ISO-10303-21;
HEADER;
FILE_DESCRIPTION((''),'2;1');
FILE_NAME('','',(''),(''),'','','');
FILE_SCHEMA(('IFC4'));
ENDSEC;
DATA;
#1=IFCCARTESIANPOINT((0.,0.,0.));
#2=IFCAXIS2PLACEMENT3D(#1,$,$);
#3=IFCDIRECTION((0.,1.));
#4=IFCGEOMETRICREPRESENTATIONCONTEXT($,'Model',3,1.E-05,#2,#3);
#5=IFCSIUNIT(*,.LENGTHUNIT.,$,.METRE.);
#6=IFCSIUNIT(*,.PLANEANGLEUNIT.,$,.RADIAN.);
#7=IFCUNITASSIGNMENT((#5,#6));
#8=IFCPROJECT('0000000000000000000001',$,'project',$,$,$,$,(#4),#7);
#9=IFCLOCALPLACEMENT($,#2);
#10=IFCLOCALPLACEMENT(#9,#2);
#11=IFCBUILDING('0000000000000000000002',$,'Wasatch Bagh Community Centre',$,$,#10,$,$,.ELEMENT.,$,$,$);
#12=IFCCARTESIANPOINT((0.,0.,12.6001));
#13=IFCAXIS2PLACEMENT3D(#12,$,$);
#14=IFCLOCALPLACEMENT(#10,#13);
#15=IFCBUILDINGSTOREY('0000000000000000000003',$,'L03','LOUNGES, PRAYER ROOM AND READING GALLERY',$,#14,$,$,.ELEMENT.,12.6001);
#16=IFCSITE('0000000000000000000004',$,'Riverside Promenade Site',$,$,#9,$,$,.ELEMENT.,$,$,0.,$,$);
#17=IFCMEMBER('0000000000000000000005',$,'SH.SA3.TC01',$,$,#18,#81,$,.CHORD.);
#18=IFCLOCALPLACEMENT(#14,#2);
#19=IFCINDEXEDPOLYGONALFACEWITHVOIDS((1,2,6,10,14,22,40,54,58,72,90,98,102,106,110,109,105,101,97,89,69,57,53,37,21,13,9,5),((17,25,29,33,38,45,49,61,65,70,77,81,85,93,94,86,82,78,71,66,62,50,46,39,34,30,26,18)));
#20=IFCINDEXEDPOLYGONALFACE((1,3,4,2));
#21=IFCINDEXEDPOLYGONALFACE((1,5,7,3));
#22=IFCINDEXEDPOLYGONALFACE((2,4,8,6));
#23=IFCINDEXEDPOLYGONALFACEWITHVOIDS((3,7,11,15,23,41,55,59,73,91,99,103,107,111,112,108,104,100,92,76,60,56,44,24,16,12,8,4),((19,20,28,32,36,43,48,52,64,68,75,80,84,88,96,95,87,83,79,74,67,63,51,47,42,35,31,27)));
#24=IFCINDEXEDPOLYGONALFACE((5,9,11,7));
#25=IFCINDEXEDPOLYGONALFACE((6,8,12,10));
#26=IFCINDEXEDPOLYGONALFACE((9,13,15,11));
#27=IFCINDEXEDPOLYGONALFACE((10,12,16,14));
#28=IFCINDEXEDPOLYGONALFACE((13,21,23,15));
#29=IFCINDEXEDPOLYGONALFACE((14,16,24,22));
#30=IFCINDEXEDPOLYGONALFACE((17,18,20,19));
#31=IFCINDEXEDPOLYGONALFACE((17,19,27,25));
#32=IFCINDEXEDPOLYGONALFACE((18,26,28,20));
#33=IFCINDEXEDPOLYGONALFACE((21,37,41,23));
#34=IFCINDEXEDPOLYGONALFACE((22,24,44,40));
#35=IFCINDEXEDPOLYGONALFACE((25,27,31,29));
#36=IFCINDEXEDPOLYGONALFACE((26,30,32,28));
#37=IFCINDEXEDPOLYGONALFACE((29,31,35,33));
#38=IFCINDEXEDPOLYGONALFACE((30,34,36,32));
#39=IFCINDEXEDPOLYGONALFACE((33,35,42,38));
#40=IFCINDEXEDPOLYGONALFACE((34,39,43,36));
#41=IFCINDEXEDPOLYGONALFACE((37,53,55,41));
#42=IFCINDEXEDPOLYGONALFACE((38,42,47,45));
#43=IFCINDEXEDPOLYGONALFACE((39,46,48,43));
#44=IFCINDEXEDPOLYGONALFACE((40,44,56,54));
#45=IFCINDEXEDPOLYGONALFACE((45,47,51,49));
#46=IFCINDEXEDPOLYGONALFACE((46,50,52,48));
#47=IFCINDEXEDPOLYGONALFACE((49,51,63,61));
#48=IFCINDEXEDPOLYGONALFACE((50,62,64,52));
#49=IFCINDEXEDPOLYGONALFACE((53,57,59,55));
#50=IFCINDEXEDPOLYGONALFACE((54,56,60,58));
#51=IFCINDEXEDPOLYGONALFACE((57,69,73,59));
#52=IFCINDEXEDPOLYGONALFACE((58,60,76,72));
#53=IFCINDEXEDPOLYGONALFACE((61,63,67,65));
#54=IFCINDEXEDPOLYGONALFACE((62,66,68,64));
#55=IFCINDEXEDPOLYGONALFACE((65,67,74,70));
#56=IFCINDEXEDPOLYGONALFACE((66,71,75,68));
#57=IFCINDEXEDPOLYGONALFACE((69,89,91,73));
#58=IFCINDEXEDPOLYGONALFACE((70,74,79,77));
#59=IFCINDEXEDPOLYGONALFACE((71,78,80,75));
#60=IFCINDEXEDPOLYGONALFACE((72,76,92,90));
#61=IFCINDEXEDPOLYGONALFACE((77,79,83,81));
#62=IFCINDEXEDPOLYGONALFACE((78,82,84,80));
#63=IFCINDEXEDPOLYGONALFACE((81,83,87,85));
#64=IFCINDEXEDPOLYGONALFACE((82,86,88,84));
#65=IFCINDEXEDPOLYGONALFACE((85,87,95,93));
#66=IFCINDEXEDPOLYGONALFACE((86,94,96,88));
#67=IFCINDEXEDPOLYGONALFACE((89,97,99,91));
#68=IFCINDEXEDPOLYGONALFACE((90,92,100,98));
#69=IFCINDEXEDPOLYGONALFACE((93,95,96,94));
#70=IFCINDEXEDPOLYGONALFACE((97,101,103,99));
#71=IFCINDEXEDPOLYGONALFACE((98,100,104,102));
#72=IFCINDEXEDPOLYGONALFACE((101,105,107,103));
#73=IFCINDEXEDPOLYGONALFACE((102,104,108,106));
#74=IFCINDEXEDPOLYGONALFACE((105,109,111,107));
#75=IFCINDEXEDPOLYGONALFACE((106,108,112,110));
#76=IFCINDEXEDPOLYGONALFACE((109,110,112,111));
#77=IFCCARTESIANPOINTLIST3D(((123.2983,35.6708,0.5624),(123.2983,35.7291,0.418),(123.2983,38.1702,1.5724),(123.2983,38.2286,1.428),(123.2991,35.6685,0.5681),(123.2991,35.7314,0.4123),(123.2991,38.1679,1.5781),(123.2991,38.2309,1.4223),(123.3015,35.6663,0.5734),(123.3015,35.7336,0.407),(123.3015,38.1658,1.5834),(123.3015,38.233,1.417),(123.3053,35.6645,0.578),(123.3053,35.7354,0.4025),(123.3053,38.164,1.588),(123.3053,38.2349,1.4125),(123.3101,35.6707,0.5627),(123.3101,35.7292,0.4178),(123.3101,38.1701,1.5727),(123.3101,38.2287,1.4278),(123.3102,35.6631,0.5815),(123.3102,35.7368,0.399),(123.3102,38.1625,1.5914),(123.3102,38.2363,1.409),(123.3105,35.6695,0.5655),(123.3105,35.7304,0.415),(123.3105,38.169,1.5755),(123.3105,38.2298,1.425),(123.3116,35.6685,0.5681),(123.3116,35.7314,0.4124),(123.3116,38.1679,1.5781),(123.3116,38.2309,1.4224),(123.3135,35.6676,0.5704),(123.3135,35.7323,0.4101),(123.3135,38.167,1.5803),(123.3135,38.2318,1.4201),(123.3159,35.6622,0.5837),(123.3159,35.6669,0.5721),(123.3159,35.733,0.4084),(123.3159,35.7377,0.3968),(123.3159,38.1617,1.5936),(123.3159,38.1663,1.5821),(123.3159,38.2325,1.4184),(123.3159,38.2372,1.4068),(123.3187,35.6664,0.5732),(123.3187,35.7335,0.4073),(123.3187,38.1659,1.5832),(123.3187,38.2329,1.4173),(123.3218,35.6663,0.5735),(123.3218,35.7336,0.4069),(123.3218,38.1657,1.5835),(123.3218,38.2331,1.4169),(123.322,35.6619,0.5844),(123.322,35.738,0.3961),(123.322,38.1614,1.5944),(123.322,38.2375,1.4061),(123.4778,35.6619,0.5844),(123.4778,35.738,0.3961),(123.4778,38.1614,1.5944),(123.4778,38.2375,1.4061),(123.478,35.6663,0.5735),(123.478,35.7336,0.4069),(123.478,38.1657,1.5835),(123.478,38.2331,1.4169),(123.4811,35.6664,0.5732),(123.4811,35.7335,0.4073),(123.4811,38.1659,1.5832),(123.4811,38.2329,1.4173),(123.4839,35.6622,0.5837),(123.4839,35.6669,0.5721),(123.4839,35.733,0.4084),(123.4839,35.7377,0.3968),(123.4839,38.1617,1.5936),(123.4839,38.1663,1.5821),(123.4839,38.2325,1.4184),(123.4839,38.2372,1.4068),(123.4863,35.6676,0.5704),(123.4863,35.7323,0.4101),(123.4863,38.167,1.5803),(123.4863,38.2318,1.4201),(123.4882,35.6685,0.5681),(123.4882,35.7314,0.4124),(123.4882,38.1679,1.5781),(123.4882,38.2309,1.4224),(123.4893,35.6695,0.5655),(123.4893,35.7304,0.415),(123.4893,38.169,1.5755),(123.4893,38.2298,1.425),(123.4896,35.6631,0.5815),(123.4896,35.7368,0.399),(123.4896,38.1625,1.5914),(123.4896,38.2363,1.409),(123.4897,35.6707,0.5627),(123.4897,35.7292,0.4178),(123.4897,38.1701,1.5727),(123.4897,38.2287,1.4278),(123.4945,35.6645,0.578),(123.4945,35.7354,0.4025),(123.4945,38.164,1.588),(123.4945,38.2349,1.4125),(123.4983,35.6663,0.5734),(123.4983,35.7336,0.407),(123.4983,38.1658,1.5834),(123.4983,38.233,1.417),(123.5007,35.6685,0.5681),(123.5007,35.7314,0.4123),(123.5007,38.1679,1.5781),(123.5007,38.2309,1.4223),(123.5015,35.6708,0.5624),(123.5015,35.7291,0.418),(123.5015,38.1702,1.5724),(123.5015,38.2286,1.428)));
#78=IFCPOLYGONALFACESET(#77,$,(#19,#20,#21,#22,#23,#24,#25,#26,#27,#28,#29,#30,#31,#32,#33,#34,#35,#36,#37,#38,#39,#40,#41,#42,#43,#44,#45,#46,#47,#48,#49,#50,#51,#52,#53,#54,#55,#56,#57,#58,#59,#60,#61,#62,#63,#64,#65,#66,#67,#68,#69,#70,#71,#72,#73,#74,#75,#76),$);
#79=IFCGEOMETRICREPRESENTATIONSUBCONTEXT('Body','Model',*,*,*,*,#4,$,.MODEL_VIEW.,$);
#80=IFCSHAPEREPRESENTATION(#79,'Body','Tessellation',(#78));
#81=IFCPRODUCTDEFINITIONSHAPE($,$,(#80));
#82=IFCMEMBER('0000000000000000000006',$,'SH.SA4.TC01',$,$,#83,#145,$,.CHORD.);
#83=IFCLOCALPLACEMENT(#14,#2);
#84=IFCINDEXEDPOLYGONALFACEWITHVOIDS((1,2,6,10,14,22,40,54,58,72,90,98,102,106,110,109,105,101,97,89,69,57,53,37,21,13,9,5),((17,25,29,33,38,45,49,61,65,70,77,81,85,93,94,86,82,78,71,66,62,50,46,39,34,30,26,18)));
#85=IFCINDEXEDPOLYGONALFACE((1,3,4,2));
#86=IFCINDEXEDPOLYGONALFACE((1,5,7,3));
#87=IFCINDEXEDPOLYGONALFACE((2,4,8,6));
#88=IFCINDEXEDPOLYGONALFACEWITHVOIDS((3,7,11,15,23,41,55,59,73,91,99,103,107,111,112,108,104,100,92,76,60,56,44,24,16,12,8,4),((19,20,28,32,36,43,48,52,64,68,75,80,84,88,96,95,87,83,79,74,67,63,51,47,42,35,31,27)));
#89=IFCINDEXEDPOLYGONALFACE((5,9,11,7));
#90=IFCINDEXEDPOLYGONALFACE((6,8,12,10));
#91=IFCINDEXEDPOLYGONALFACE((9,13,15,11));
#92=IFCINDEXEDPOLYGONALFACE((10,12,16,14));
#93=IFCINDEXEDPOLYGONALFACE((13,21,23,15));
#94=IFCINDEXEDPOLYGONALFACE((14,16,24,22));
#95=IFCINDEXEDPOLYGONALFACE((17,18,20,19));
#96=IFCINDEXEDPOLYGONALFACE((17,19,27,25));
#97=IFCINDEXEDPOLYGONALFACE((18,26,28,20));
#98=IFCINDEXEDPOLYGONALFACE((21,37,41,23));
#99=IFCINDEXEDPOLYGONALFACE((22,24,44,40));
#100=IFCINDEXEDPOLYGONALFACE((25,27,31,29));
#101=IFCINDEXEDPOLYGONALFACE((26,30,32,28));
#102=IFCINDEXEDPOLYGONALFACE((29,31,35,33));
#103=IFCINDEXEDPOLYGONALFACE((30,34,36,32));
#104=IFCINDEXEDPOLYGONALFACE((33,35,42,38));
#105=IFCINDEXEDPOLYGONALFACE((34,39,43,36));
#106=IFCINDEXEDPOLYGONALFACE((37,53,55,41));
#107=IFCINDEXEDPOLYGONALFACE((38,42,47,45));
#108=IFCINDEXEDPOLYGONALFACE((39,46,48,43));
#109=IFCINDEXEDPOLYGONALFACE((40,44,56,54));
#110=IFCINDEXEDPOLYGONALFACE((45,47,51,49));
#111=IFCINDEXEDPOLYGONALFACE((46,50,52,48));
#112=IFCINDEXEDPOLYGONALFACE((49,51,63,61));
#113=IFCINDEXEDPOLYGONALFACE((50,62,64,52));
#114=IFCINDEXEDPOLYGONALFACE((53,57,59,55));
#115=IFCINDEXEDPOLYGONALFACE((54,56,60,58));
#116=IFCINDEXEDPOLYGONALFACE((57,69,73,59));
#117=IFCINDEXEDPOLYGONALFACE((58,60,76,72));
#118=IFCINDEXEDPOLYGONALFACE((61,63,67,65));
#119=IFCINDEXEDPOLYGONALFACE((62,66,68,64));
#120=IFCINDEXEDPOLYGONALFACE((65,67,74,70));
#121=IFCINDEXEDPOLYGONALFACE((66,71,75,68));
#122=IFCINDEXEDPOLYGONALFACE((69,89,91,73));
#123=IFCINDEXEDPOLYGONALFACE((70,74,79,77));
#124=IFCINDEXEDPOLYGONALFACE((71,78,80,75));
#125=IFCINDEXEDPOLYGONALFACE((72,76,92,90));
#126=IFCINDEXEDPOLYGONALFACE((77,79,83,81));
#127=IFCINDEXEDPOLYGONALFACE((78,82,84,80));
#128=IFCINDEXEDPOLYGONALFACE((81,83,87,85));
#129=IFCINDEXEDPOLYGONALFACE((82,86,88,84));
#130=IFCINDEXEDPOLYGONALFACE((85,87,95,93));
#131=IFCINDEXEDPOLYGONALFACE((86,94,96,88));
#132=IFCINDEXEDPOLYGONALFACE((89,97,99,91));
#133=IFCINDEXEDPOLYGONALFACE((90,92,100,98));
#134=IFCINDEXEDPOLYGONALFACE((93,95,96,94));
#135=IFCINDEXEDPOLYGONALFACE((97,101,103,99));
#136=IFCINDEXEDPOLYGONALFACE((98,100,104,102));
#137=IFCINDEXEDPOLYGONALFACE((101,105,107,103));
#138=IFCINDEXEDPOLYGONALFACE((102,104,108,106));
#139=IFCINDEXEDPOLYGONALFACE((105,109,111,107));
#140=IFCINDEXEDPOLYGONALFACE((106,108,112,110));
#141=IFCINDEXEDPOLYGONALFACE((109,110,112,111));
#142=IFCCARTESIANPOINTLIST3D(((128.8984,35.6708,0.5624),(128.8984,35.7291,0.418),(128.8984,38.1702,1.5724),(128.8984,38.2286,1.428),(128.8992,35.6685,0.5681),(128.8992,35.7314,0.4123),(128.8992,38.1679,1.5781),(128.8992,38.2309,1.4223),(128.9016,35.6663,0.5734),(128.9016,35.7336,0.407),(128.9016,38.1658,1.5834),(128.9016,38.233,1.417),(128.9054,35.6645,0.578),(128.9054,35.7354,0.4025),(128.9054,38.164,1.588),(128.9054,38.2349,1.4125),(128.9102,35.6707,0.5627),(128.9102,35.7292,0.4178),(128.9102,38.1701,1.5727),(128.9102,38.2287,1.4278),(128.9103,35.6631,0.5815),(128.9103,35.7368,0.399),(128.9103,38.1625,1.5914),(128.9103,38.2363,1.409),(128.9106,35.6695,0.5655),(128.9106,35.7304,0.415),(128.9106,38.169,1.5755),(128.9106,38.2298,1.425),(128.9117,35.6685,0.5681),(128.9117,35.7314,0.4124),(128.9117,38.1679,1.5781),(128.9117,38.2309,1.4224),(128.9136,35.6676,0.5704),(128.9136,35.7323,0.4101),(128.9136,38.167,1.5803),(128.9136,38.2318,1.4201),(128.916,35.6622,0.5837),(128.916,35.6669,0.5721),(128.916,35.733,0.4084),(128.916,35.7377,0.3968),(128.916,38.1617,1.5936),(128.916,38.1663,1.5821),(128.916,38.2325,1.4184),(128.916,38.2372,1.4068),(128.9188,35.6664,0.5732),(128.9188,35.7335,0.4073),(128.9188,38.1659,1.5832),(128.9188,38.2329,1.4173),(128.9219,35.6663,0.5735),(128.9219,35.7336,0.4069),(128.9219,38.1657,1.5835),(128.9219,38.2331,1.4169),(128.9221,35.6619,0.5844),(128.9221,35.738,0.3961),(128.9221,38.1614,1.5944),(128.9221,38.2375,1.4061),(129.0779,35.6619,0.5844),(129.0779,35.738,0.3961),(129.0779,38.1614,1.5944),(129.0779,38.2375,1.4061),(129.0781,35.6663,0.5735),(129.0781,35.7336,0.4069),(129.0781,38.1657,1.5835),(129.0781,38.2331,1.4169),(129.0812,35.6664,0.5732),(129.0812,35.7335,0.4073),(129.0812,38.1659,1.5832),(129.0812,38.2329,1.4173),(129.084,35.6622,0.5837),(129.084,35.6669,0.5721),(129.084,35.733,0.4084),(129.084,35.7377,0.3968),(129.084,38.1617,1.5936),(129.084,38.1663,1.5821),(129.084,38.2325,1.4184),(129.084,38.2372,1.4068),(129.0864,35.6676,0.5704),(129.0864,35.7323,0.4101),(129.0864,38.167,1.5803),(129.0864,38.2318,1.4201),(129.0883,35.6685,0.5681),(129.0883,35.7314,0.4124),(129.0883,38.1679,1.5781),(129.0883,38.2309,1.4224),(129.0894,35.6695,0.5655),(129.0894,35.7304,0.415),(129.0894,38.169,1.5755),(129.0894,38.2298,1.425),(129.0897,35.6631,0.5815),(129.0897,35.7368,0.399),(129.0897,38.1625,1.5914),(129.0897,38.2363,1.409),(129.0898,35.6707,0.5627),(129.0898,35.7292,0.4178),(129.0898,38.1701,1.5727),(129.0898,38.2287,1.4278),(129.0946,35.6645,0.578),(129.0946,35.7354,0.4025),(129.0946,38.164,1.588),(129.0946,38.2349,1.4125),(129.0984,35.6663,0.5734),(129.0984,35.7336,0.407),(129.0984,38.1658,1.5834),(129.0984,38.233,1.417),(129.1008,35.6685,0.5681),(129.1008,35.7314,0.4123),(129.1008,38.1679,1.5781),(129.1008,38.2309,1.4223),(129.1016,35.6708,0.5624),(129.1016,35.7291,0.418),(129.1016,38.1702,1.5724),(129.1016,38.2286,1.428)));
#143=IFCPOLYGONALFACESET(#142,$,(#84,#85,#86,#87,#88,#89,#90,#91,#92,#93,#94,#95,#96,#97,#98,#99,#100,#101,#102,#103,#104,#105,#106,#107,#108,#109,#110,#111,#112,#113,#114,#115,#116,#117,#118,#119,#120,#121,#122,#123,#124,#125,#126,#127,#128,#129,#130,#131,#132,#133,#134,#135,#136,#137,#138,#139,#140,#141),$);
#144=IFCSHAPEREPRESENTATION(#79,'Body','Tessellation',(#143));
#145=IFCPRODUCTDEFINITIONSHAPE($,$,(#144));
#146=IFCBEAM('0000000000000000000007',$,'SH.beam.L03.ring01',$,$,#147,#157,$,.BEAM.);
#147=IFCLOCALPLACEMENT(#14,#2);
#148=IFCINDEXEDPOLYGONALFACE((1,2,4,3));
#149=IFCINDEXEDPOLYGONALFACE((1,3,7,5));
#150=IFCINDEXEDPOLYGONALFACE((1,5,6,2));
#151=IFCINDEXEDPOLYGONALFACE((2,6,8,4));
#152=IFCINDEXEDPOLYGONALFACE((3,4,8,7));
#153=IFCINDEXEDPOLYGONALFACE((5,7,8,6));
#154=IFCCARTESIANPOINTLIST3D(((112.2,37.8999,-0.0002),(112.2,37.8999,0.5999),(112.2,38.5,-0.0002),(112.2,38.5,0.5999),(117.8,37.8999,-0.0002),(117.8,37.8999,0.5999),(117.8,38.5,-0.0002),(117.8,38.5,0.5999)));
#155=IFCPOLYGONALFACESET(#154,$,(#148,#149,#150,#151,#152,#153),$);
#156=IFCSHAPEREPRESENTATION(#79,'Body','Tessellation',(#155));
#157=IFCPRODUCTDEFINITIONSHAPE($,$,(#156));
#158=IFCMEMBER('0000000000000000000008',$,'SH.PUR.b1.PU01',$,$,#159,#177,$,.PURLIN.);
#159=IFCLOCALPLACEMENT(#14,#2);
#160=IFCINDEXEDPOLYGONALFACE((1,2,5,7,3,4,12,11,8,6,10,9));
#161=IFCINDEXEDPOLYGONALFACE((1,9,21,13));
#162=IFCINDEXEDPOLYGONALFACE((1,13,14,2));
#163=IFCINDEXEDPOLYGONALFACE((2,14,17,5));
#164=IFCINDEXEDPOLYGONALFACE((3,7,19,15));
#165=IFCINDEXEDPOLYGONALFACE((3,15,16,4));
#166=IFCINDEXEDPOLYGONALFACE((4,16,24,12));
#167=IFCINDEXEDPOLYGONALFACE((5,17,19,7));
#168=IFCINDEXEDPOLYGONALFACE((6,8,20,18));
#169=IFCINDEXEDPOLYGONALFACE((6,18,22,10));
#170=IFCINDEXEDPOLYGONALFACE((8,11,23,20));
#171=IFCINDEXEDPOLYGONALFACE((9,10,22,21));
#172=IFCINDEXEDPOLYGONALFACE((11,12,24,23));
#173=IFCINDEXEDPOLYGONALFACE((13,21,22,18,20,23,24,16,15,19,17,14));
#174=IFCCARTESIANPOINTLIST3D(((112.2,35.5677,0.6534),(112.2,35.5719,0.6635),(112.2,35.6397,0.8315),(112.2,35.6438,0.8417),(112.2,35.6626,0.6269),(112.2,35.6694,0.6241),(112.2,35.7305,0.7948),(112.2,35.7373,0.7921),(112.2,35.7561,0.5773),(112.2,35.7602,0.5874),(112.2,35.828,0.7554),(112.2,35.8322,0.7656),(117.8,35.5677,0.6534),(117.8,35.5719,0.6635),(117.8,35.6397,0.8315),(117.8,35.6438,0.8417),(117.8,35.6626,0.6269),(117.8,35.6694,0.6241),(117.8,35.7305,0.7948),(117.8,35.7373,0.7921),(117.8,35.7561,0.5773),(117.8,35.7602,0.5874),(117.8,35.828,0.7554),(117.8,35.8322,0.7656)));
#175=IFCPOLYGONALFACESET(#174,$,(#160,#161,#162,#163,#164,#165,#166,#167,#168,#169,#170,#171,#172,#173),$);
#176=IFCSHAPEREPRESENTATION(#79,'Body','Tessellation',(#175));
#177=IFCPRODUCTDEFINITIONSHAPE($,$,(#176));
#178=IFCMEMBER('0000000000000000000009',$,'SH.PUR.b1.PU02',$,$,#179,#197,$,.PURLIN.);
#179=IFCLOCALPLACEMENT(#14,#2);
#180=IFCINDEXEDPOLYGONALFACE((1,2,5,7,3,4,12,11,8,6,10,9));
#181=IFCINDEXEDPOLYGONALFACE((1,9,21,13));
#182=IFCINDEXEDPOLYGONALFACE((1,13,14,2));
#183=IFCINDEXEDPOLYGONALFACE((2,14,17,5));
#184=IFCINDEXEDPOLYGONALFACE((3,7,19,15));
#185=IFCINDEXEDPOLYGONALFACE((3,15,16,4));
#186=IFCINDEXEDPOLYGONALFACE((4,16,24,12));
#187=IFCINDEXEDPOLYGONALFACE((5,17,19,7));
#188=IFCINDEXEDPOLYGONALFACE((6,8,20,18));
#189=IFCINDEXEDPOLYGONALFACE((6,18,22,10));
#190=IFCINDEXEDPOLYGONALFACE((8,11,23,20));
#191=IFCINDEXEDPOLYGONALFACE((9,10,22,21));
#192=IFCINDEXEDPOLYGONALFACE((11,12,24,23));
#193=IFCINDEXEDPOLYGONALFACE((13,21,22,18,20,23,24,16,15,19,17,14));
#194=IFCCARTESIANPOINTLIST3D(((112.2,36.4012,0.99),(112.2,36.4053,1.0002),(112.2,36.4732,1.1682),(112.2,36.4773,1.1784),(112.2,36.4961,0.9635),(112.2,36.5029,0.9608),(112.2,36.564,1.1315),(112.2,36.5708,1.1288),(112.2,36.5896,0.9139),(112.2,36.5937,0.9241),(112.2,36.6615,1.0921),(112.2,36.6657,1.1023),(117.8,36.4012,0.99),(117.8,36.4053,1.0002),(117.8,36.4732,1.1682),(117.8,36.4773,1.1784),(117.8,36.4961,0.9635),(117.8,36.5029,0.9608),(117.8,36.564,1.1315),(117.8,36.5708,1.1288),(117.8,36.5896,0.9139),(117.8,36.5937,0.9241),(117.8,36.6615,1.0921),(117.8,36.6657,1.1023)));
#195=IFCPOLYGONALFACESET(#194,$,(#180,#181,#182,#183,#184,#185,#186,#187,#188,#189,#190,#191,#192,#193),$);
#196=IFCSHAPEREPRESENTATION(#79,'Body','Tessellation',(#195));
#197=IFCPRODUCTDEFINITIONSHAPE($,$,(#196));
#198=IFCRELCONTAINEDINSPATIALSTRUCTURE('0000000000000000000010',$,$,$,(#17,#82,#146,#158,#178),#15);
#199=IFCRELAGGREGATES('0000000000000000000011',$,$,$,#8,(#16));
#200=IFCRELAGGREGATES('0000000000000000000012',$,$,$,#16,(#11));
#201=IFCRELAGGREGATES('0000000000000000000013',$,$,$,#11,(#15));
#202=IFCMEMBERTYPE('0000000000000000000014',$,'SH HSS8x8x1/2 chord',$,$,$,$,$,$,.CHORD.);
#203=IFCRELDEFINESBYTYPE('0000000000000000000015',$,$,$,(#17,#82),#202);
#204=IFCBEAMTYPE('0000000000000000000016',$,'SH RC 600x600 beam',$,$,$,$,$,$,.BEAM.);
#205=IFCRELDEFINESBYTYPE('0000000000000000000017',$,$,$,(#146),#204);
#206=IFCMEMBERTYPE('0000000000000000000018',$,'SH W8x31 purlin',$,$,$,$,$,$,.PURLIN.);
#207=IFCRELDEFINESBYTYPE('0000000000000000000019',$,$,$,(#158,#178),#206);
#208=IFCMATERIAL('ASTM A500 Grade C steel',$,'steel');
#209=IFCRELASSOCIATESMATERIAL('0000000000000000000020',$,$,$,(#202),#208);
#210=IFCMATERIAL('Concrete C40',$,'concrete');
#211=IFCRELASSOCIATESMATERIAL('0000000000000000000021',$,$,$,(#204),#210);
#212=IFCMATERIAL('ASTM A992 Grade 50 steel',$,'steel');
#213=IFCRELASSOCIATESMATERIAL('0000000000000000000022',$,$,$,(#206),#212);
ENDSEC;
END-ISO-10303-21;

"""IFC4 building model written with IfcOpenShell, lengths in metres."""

from ifc_helpers import new_model, si_unit, direction, frame, origin, origin_2d, place, context, subcontext, project, spatial, rectangle, hollow_rectangle, i_section, extrude, material, material_profile, profile_set, type_object, element, save


model = new_model("IFC4")

# Units and contexts
model_context = context("Model", 3, precision=1e-05, world=origin(), true_north=direction((0.0, 1.0)))
body_context = subcontext(model_context, "Body", "Model", "MODEL_VIEW")
ifc_project = project(units=[si_unit("LENGTHUNIT", "METRE"), si_unit("PLANEANGLEUNIT", "RADIAN")], contexts=[model_context])

# Site, building, storey
site_placement = place(None, origin())
site = spatial("IfcSite", under=ifc_project, at=site_placement, Name="Riverside Promenade Site", CompositionType="ELEMENT", RefElevation=0.0)
building_placement = place(site_placement, origin())
building = spatial("IfcBuilding", under=site, at=building_placement, Name="Wasatch Bagh Community Centre", CompositionType="ELEMENT")
storey_placement = place(building_placement, frame((0.0, 0.0, 12.6001)))
storey = spatial("IfcBuildingStorey", under=building, at=storey_placement, Name="L03", Description="LOUNGES, PRAYER ROOM AND READING GALLERY", CompositionType="ELEMENT", Elevation=12.6001)

# Shared definitions
ifc_material_1 = material(Name="Concrete C40", Category="concrete")

# Shared definitions
ifc_material_2 = material(Name="ASTM A992 Grade 50 steel", Category="steel")

# Members
ifc_material_3 = material(Name="ASTM A500 Grade C steel", Category="steel")
ifc_material_profile_1 = material_profile(ifc_material_3, hollow_rectangle(XDim=0.2031, YDim=0.2031, WallThickness=0.0117, InnerFilletRadius=0.0117, OuterFilletRadius=0.0237, at=origin_2d()), Name="HSS8x8x1/2")
ifc_profile_set_1 = profile_set([ifc_material_profile_1], Name="ASTM A500 Grade C steel")
member_type_1 = type_object("IfcMemberType", Name="SH HSS8x8x1/2 chord", PredefinedType="CHORD", material=ifc_profile_set_1)
for number, where, z_axis, x_axis, name in (
    (1, (123.3999, 35.7, 0.4902), (0.0, 0.927166, 0.374652), (-1.0, 0.0, 0.0), "SH.SA3.TC01"),
    (2, (129.0, 35.7, 0.4902), (0.0, 0.927166, 0.374652), (-1.0, 0.0, 0.0), "SH.SA4.TC01"),
):
    element("IfcMember", number, at=place(storey_placement, frame(where, z_axis=z_axis, x_axis=x_axis)), inside=storey, type_object=member_type_1, Name=name, PredefinedType="CHORD", context=body_context, shape_type="SweptSolid", body=[
        extrude(hollow_rectangle(XDim=0.2031, YDim=0.2031, WallThickness=0.0117, InnerFilletRadius=0.0117, OuterFilletRadius=0.0237, at=origin_2d()), origin(), (0.0, 0.0, 1.0), 2.6958),
    ])

# Beam
ifc_material_profile_2 = material_profile(ifc_material_1, rectangle(XDim=0.6001, YDim=0.6001, at=origin_2d()), Name="RC 600x600")
ifc_profile_set_2 = profile_set([ifc_material_profile_2], Name="Concrete C40")
beam_type_1 = type_object("IfcBeamType", Name="SH RC 600x600 beam", PredefinedType="BEAM", material=ifc_profile_set_2)
beam_1_placement = place(storey_placement, frame((112.2, 38.2, 0.2998), z_axis=(1.0, 0.0, 0.0), x_axis=(0.0, 1.0, 0.0)))
element("IfcBeam", 3, at=beam_1_placement, inside=storey, type_object=beam_type_1, Name="SH.beam.L03.ring01", PredefinedType="BEAM", context=body_context, shape_type="SweptSolid", body=[
    extrude(rectangle(XDim=0.6001, YDim=0.6001, at=origin_2d()), origin(), (0.0, 0.0, 1.0), 5.6001),
])

# Members
ifc_material_profile_3 = material_profile(ifc_material_2, i_section(OverallWidth=0.2031, OverallDepth=0.2031, WebThickness=0.0073, FlangeThickness=0.011, at=origin_2d()), Name="W8x31")
ifc_profile_set_3 = profile_set([ifc_material_profile_3], Name="ASTM A992 Grade 50 steel")
member_type_2 = type_object("IfcMemberType", Name="SH W8x31 purlin", PredefinedType="PURLIN", material=ifc_profile_set_3)
for number, where, z_axis, x_axis, name in (
    (4, (112.2, 35.7, 0.7095), (1.0, 0.0, 0.0), (0.0, 0.927184, -0.374607), "SH.PUR.b1.PU01"),
    (5, (112.2, 36.5334, 1.0461), (1.0, 0.0, 0.0), (0.0, 0.927184, -0.374607), "SH.PUR.b1.PU02"),
):
    element("IfcMember", number, at=place(storey_placement, frame(where, z_axis=z_axis, x_axis=x_axis)), inside=storey, type_object=member_type_2, Name=name, PredefinedType="PURLIN", context=body_context, shape_type="SweptSolid", body=[
        extrude(i_section(OverallWidth=0.2031, OverallDepth=0.2031, WebThickness=0.0073, FlangeThickness=0.011, at=origin_2d()), origin(), (0.0, 0.0, 1.0), 5.6001),
    ])

save(model, "model.ifc")
